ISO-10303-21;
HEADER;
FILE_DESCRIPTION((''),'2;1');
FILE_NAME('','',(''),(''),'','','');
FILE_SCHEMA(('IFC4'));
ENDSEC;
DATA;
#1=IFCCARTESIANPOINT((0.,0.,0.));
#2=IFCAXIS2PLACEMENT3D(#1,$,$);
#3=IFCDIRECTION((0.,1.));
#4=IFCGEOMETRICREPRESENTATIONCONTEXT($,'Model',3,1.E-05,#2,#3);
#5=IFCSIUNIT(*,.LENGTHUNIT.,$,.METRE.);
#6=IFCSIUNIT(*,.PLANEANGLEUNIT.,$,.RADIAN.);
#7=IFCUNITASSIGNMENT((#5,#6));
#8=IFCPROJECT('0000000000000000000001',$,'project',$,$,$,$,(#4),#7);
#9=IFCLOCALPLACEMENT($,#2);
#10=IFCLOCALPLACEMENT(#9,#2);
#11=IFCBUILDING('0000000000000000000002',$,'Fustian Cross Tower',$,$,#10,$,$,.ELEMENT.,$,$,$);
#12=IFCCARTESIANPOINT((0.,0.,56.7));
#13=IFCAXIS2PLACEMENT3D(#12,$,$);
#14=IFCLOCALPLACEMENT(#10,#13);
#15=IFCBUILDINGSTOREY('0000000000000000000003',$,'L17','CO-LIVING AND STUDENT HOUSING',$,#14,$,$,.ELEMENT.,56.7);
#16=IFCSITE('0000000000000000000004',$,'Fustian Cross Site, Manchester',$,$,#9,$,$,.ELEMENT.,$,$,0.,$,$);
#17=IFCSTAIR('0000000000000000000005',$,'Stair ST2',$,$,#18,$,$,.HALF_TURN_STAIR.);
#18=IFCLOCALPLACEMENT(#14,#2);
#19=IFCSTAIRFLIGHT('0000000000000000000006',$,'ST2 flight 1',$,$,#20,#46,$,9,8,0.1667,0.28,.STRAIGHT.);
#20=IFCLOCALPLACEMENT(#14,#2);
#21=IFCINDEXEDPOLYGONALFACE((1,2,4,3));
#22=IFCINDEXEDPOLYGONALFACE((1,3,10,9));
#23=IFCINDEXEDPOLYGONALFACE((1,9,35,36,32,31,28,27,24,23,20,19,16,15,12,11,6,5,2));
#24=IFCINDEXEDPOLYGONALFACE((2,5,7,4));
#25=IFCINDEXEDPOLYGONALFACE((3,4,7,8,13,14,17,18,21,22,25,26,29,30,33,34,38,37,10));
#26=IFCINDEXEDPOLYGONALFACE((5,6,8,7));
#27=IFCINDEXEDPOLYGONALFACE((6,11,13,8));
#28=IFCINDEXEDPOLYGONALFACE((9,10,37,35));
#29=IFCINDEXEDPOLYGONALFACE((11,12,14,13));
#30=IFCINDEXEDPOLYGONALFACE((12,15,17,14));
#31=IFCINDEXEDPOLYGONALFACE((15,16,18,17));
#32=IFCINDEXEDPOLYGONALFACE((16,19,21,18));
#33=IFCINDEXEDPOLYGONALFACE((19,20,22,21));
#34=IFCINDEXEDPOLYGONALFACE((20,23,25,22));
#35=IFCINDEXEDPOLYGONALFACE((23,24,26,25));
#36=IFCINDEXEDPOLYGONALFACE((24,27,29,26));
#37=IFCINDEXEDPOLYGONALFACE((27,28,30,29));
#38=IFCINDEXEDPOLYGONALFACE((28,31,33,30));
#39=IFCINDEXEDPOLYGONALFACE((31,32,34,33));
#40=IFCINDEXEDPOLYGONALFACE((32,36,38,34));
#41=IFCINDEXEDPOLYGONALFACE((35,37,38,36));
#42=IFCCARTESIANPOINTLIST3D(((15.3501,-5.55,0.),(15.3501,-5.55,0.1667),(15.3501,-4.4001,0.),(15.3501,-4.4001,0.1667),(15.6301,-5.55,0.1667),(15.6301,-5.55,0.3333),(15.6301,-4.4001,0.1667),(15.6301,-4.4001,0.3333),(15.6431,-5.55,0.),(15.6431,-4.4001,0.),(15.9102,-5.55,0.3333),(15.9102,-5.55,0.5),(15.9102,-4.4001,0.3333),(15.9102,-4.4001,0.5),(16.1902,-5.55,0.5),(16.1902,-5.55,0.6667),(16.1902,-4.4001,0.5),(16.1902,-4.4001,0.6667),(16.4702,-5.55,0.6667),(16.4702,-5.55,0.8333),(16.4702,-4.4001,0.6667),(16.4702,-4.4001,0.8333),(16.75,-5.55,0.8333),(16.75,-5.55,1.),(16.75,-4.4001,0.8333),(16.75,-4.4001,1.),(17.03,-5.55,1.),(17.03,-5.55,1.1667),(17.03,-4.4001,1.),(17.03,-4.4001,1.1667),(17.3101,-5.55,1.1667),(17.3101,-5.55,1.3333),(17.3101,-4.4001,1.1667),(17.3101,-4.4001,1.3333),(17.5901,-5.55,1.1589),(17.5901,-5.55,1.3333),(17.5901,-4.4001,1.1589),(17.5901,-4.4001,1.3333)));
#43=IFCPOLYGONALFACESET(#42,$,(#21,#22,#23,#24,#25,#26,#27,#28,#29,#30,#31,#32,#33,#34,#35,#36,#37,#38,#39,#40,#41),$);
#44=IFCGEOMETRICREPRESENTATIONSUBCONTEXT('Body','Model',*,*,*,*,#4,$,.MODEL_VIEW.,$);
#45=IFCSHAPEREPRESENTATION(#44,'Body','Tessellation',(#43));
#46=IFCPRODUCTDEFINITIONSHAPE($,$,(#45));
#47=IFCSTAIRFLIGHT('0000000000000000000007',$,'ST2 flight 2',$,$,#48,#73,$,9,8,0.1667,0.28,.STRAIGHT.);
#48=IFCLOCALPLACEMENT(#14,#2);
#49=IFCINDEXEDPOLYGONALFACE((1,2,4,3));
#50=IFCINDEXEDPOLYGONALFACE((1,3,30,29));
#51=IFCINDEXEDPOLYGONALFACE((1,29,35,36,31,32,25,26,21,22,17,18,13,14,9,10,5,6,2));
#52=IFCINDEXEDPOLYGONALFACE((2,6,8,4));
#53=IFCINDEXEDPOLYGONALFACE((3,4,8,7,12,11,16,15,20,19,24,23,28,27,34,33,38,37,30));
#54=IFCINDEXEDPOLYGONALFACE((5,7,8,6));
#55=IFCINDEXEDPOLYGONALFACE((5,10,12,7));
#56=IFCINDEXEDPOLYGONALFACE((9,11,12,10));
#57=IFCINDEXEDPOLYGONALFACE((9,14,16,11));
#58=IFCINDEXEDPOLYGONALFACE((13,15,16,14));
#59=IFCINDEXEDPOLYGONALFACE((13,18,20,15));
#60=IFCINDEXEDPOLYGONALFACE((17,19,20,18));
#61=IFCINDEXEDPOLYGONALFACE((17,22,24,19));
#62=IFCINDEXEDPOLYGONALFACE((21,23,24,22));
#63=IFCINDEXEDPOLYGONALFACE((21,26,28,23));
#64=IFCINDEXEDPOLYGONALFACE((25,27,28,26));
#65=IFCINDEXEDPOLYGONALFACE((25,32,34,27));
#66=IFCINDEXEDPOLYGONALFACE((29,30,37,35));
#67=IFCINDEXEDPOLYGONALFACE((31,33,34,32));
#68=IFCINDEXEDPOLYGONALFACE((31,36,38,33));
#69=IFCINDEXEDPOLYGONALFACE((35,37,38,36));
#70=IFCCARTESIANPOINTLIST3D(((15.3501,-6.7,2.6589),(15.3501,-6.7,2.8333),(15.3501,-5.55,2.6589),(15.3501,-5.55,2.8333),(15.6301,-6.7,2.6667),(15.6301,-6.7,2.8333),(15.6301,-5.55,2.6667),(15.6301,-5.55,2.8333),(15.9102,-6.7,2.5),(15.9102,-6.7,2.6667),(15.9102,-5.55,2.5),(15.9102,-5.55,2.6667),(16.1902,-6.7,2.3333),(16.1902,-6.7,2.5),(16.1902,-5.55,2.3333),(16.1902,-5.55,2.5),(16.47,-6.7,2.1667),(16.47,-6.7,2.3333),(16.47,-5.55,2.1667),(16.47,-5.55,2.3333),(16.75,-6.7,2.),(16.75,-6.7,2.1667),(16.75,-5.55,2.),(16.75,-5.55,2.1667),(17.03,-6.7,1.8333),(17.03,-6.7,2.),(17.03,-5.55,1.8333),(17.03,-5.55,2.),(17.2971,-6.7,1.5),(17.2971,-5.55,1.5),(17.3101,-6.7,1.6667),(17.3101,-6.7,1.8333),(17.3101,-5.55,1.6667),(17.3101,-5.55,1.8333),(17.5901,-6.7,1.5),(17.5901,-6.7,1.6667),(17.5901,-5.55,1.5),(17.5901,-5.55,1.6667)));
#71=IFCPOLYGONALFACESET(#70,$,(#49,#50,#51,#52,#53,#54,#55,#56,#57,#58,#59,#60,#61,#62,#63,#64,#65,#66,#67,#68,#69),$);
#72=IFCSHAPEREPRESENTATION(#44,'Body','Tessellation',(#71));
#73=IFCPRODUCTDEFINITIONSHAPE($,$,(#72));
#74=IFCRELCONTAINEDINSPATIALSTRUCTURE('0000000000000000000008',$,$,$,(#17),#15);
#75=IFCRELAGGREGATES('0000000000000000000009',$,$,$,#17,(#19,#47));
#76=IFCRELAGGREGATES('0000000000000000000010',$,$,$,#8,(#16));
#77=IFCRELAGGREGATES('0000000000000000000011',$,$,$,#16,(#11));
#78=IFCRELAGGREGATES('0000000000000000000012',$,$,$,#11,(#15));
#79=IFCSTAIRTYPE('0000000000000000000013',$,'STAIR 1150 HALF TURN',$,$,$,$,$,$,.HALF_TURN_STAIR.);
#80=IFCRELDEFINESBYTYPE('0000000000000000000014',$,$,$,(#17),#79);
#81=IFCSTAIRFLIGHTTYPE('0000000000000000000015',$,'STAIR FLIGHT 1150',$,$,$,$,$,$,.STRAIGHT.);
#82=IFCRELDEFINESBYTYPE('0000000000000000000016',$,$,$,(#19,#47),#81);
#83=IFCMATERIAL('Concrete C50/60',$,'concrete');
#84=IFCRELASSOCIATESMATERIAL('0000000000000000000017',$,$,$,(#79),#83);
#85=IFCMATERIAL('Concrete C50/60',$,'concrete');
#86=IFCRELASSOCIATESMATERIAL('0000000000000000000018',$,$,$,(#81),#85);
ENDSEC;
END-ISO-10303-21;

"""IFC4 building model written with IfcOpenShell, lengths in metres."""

from ifc_helpers import new_model, si_unit, direction, frame, origin, place, context, subcontext, project, spatial, polyline, outline, extrude, material, type_object, element, aggregate, save


model = new_model("IFC4")

# Units and contexts
model_context = context("Model", 3, precision=1e-05, world=origin(), true_north=direction((0.0, 1.0)))
body_context = subcontext(model_context, "Body", "Model", "MODEL_VIEW")
ifc_project = project(units=[si_unit("LENGTHUNIT", "METRE"), si_unit("PLANEANGLEUNIT", "RADIAN")], contexts=[model_context])

# Site, building, storey
site_placement = place(None, origin())
site = spatial("IfcSite", under=ifc_project, at=site_placement, Name="Fustian Cross Site, Manchester", CompositionType="ELEMENT", RefElevation=0.0)
building_placement = place(site_placement, origin())
building = spatial("IfcBuilding", under=site, at=building_placement, Name="Fustian Cross Tower", CompositionType="ELEMENT")
storey_placement = place(building_placement, frame((0.0, 0.0, 56.7)))
storey = spatial("IfcBuildingStorey", under=building, at=storey_placement, Name="L17", Description="CO-LIVING AND STUDENT HOUSING", CompositionType="ELEMENT", Elevation=56.7)

# Stair, stair flights
ifc_material_1 = material(Name="Concrete C50/60", Category="concrete")
stair_type = type_object("IfcStairType", Name="STAIR 1150 HALF TURN", PredefinedType="HALF_TURN_STAIR", material=ifc_material_1)
stair_placement = place(storey_placement, origin())
stair = element("IfcStair", 1, at=stair_placement, inside=storey, type_object=stair_type, Name="Stair ST2", PredefinedType="HALF_TURN_STAIR")
ifc_material_2 = material(Name="Concrete C50/60", Category="concrete")
stair_flight_type = type_object("IfcStairFlightType", Name="STAIR FLIGHT 1150", PredefinedType="STRAIGHT", material=ifc_material_2)
stair_flight_1_placement = place(storey_placement, frame((15.3501, -4.9751, 0.0), z_axis=(0.0, 0.0, 1.0), x_axis=(1.0, 0.0, 0.0)))
stair_flight_1 = element("IfcStairFlight", 2, at=stair_flight_1_placement, type_object=stair_flight_type, Name="ST2 flight 1", NumberOfRisers=9, NumberOfTreads=8, PredefinedType="STRAIGHT", RiserHeight=0.1667, TreadLength=0.28, context=body_context, shape_type="SweptSolid", body=[
    extrude(outline(polyline([(0.0, 0.0), (0.0, 0.1667), (0.28, 0.1667), (0.28, 0.3333), (0.5601, 0.3333), (0.5601, 0.5), (0.8401, 0.5), (0.8401, 0.6667), (1.1201, 0.6667), (1.1201, 0.8333), (1.3999, 0.8333), (1.3999, 1.0), (1.6799, 1.0), (1.6799, 1.1667), (1.96, 1.1667), (1.96, 1.3333), (2.24, 1.3333), (2.24, 1.5), (2.24, 1.1589), (0.293, 0.0), (0.0, 0.0)])), frame((0.0, 0.575, 0.0), z_axis=(0.0, -1.0, 0.0), x_axis=(1.0, 0.0, 0.0)), (0.0, 0.0, 1.0), 1.1499),
])
stair_flight_2_placement = place(storey_placement, frame((17.5901, -6.125, 1.5), z_axis=(0.0, 0.0, 1.0), x_axis=(-1.0, 0.0, 0.0)))
stair_flight_2 = element("IfcStairFlight", 3, at=stair_flight_2_placement, type_object=stair_flight_type, Name="ST2 flight 2", NumberOfRisers=9, NumberOfTreads=8, PredefinedType="STRAIGHT", RiserHeight=0.1667, TreadLength=0.28, context=body_context, shape_type="SweptSolid", body=[
    extrude(outline(polyline([(0.0, 0.0), (0.0, 0.1667), (0.28, 0.1667), (0.28, 0.3333), (0.5601, 0.3333), (0.5601, 0.5), (0.8401, 0.5), (0.8401, 0.6667), (1.1201, 0.6667), (1.1201, 0.8333), (1.3999, 0.8333), (1.3999, 1.0), (1.6799, 1.0), (1.6799, 1.1667), (1.96, 1.1667), (1.96, 1.3333), (2.24, 1.3333), (2.24, 1.5), (2.24, 1.1589), (0.293, 0.0), (0.0, 0.0)])), frame((0.0, 0.575, 0.0), z_axis=(0.0, -1.0, 0.0), x_axis=(1.0, 0.0, 0.0)), (0.0, 0.0, 1.0), 1.1499),
])
aggregate(stair, [stair_flight_1, stair_flight_2])

save(model, "model.ifc")
